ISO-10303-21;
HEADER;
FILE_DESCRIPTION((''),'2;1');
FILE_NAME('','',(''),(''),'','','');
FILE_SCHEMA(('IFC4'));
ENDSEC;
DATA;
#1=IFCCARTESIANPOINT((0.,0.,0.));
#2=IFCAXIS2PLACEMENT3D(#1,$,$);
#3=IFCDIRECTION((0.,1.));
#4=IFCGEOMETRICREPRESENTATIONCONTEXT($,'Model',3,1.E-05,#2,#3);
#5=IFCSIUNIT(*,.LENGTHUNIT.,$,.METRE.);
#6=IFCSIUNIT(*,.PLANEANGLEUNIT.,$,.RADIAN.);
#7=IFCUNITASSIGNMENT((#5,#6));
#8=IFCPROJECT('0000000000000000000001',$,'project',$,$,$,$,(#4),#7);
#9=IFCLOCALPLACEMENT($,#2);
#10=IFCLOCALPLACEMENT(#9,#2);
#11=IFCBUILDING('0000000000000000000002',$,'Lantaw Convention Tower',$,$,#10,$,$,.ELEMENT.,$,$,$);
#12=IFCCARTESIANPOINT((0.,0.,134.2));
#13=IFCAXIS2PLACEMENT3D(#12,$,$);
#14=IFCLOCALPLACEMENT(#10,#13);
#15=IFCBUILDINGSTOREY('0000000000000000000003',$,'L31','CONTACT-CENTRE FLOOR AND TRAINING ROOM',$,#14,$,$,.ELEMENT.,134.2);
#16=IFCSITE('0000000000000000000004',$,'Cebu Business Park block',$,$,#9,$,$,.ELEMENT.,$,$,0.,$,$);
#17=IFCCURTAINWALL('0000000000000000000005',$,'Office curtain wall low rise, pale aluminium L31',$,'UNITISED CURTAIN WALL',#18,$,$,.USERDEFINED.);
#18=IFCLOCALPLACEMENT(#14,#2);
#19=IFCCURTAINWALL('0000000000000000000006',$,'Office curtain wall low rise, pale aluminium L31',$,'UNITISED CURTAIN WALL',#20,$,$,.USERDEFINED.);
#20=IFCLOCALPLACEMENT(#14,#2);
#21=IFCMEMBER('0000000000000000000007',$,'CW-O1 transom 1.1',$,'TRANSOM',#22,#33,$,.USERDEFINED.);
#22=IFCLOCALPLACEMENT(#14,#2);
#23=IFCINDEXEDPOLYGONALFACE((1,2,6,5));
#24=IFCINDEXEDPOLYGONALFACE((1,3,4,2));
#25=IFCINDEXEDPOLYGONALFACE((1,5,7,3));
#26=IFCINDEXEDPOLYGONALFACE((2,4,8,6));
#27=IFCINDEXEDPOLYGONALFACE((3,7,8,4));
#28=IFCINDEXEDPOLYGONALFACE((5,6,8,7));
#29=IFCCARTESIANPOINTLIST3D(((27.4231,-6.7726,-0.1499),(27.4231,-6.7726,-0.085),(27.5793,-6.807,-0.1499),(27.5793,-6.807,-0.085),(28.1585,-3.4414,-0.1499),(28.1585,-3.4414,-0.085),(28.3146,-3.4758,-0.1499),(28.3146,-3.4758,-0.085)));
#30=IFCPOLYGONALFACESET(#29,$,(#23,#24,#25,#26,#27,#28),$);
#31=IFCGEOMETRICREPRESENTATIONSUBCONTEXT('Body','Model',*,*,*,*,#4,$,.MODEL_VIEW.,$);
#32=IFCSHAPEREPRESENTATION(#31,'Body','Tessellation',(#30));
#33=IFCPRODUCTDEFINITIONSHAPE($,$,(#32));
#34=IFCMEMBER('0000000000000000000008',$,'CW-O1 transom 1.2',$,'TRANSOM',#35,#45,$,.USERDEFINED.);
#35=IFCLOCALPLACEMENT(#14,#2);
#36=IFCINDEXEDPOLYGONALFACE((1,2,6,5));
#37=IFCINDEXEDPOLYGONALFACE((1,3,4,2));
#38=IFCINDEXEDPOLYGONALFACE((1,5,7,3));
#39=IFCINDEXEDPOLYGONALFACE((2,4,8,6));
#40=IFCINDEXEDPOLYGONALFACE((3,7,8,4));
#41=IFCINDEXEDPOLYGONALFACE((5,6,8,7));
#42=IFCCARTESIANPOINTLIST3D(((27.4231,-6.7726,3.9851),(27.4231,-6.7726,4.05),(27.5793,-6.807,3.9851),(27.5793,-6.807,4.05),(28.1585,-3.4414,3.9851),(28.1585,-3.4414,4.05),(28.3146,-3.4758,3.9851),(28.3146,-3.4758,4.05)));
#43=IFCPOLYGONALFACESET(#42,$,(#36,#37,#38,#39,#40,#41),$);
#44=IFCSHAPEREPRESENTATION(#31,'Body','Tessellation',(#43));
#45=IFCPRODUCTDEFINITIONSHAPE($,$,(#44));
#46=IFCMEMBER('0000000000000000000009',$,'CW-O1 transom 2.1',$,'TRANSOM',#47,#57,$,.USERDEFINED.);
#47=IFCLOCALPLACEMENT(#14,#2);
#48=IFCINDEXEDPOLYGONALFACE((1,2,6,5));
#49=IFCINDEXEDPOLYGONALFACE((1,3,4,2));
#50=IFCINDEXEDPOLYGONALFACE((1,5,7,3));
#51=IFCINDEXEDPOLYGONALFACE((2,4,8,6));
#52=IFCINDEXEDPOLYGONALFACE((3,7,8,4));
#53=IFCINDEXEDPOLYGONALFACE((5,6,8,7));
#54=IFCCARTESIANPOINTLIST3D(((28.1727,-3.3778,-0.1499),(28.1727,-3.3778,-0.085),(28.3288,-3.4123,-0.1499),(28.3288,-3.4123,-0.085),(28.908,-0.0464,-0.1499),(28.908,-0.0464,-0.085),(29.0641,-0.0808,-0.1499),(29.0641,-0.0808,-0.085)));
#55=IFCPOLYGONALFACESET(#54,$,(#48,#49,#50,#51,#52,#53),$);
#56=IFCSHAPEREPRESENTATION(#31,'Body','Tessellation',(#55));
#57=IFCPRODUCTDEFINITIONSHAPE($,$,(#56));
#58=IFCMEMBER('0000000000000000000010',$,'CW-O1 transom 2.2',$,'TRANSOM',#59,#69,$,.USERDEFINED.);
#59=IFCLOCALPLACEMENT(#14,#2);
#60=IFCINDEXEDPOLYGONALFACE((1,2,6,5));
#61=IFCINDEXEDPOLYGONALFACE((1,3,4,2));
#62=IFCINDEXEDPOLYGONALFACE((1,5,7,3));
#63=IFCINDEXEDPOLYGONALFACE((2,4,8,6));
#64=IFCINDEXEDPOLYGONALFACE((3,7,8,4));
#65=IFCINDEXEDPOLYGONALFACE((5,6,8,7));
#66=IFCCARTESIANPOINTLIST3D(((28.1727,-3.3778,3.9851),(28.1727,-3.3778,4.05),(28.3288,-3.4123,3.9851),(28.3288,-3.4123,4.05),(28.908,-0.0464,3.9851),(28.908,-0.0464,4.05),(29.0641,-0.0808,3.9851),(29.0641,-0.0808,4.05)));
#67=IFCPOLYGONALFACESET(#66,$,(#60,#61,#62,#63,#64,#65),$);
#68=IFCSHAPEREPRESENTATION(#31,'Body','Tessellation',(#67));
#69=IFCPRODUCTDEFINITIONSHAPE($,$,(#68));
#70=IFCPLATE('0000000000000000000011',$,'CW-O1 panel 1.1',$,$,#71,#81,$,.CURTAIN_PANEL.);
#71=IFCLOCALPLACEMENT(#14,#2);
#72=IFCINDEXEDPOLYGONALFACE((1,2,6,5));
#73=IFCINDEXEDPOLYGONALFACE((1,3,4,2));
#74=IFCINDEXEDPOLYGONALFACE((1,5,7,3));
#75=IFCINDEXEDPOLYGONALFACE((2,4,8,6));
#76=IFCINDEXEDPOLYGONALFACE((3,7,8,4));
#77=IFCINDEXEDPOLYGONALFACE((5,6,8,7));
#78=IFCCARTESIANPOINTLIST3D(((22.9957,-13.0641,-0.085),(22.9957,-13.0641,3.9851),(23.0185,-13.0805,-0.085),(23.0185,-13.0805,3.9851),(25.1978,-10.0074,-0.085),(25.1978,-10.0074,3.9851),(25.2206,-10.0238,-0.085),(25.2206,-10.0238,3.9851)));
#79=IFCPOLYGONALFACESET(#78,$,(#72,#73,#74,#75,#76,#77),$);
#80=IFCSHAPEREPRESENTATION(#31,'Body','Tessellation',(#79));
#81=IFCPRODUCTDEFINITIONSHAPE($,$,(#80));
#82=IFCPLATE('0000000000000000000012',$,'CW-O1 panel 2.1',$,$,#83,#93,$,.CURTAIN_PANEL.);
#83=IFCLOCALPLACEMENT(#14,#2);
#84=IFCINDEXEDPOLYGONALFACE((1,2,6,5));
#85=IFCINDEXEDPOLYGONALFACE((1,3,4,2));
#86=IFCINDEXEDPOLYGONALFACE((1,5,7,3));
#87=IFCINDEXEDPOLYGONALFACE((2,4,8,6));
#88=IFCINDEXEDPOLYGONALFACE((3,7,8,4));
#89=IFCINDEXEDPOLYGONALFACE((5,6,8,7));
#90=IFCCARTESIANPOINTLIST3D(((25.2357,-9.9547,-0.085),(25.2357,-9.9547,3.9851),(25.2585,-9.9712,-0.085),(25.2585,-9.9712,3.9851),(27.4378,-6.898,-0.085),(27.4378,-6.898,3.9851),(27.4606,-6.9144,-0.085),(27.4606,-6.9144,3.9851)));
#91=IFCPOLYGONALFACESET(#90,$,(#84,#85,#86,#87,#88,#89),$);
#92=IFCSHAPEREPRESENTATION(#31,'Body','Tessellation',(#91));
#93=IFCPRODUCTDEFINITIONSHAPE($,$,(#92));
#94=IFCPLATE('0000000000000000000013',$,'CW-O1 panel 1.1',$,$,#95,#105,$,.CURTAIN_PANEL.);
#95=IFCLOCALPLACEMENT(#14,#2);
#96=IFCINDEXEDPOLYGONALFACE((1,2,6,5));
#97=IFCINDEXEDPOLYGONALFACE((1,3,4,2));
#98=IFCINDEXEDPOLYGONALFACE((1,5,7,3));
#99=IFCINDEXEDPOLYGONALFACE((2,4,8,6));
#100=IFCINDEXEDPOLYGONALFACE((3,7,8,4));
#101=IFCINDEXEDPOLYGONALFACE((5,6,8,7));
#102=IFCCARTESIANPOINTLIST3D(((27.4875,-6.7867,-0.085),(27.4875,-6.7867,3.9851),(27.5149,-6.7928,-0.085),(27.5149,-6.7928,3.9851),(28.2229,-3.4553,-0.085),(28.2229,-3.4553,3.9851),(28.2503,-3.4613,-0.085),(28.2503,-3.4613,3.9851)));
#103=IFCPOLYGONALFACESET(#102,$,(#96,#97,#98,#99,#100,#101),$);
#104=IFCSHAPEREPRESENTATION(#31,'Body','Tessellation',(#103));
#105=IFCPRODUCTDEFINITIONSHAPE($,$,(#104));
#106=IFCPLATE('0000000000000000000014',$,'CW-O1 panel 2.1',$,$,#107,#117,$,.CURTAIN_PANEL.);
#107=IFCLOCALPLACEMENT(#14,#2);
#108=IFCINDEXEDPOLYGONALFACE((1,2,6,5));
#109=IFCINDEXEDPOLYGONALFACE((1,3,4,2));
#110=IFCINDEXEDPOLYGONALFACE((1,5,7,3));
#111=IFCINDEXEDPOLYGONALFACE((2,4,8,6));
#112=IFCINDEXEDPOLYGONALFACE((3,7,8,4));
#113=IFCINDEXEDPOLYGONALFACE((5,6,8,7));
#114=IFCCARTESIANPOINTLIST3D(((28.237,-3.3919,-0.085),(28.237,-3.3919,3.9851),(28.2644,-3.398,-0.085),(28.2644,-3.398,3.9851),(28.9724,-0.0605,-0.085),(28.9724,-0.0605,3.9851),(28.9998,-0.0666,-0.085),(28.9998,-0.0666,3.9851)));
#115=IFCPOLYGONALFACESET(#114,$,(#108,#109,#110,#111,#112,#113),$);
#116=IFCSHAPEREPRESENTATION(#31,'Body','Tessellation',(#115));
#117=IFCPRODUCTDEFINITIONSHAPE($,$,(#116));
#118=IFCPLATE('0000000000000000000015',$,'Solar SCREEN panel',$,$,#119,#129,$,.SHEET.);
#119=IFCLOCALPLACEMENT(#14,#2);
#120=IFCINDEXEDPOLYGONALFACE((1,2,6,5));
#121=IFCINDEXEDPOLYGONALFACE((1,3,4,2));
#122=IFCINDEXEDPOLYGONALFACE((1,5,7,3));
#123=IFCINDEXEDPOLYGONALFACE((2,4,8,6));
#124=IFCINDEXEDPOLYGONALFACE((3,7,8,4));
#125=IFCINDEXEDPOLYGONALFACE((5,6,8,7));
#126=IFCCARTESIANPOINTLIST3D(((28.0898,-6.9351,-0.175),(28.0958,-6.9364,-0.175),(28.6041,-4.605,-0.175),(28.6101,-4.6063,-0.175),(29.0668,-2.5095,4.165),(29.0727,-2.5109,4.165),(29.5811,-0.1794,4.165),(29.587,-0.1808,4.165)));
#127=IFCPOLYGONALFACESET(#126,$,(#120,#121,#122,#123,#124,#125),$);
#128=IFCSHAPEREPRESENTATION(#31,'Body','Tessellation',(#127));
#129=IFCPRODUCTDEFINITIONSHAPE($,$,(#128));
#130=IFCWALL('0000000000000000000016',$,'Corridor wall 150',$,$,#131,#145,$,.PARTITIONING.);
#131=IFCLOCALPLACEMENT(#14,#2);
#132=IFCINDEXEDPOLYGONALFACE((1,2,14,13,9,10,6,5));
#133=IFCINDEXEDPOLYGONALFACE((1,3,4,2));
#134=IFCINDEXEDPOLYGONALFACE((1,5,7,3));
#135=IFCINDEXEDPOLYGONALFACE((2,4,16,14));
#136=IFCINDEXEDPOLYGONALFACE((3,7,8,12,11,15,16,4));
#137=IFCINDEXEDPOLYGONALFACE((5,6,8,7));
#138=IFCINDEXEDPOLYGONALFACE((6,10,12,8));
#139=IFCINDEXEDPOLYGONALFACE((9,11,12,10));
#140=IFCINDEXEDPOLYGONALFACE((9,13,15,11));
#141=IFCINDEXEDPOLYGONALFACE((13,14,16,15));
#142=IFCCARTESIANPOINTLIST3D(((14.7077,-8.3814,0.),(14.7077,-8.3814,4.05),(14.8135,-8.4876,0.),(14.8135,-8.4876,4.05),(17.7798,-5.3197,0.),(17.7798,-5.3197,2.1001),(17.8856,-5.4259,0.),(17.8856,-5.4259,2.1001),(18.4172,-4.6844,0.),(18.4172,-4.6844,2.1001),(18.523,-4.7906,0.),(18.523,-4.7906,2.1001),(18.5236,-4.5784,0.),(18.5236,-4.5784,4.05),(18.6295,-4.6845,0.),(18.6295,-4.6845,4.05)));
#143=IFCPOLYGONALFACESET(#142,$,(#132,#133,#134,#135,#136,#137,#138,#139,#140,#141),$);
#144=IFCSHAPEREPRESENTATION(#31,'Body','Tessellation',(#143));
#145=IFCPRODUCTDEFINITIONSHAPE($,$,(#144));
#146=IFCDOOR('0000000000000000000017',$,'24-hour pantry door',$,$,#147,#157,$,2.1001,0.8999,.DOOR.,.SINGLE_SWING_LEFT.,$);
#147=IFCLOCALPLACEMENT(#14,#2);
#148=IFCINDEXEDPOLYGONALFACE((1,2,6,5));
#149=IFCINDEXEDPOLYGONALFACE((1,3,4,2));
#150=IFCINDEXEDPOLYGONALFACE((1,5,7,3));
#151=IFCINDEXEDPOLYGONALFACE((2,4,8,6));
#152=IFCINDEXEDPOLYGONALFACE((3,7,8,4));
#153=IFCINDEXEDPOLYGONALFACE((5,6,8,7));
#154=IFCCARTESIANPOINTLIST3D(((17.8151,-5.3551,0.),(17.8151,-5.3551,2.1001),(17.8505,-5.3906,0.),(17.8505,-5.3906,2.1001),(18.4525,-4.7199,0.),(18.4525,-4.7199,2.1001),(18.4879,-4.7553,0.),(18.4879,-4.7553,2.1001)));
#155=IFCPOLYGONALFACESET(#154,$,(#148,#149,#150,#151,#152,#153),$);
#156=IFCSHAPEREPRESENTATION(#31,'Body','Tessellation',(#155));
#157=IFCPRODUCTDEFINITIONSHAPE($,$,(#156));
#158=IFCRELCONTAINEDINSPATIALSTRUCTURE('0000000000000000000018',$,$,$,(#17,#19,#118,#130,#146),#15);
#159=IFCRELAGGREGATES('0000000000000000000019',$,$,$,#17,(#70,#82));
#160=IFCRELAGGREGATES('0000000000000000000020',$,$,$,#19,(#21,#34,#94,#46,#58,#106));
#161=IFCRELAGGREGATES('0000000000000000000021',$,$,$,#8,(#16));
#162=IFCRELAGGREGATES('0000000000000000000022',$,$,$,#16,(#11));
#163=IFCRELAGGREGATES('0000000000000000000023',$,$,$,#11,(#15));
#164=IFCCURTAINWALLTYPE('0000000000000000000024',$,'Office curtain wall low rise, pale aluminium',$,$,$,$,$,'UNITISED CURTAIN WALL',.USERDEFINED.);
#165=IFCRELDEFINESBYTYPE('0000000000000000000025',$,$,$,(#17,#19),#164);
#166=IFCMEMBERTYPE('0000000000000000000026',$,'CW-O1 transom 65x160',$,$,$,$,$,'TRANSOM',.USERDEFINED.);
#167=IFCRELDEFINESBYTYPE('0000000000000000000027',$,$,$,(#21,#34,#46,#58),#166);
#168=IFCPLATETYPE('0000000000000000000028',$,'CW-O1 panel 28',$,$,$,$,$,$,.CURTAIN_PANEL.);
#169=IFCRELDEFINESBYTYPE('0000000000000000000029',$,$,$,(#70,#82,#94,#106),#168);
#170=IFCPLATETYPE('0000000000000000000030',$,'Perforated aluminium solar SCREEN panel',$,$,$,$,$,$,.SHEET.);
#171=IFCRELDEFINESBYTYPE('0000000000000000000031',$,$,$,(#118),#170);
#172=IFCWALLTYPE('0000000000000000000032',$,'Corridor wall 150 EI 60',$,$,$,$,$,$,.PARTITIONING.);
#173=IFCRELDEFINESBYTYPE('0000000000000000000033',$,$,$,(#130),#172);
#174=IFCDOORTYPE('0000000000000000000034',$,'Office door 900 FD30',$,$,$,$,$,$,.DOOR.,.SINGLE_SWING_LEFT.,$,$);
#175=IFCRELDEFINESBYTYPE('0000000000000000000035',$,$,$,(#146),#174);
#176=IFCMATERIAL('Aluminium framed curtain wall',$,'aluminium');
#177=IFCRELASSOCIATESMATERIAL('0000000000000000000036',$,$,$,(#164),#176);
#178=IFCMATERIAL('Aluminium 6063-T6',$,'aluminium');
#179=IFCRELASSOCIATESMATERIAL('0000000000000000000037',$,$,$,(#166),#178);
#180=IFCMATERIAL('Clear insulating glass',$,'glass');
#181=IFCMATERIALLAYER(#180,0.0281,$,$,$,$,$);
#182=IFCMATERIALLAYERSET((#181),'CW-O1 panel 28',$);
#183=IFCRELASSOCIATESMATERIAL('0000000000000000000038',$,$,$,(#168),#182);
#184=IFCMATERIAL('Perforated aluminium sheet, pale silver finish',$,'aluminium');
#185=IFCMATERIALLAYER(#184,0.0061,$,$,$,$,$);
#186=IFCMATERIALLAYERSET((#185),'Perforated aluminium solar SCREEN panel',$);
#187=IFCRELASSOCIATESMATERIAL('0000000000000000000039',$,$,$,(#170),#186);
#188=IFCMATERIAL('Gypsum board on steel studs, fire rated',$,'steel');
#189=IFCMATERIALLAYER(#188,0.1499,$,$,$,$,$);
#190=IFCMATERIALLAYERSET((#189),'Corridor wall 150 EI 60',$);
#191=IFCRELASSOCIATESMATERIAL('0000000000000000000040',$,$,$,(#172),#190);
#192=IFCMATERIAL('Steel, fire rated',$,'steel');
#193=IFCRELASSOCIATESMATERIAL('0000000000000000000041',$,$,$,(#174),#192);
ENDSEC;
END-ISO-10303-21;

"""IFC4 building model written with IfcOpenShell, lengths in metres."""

from ifc_helpers import new_model, si_unit, direction, frame, frame_2d, origin, origin_2d, place, context, subcontext, project, spatial, polyline, rectangle, outline, extrude, material, layer, layer_set, material_profile, profile_set, type_object, element, fill, aggregate, save


model = new_model("IFC4")

# Units and contexts
model_context = context("Model", 3, precision=1e-05, world=origin(), true_north=direction((0.0, 1.0)))
body_context = subcontext(model_context, "Body", "Model", "MODEL_VIEW")
ifc_project = project(units=[si_unit("LENGTHUNIT", "METRE"), si_unit("PLANEANGLEUNIT", "RADIAN")], contexts=[model_context])

# Site, building, storey
site_placement = place(None, origin())
site = spatial("IfcSite", under=ifc_project, at=site_placement, Name="Cebu Business Park block", CompositionType="ELEMENT", RefElevation=0.0)
building_placement = place(site_placement, origin())
building = spatial("IfcBuilding", under=site, at=building_placement, Name="Lantaw Convention Tower", CompositionType="ELEMENT")
storey_placement = place(building_placement, frame((0.0, 0.0, 134.2)))
storey = spatial("IfcBuildingStorey", under=building, at=storey_placement, Name="L31", Description="CONTACT-CENTRE FLOOR AND TRAINING ROOM", CompositionType="ELEMENT", Elevation=134.2)

# Curtain walls
ifc_material_1 = material(Name="Aluminium framed curtain wall", Category="aluminium")
curtain_wall_type = type_object("IfcCurtainWallType", Name="Office curtain wall low rise, pale aluminium", ElementType="UNITISED CURTAIN WALL", PredefinedType="USERDEFINED", material=ifc_material_1)
curtain_wall_1_placement = place(storey_placement, origin())
curtain_wall_1 = element("IfcCurtainWall", 1, at=curtain_wall_1_placement, inside=storey, type_object=curtain_wall_type, Name="Office curtain wall low rise, pale aluminium L31", ObjectType="UNITISED CURTAIN WALL", PredefinedType="USERDEFINED")
ifc_material_2 = material(Name="Aluminium 6063-T6", Category="aluminium")
curtain_wall_2_placement = place(storey_placement, origin())
curtain_wall_2 = element("IfcCurtainWall", 2, at=curtain_wall_2_placement, inside=storey, type_object=curtain_wall_type, Name="Office curtain wall low rise, pale aluminium L31", ObjectType="UNITISED CURTAIN WALL", PredefinedType="USERDEFINED")

# Members
ifc_material_profile_1 = material_profile(ifc_material_2, rectangle(XDim=0.1599, YDim=0.0649, at=origin_2d()), Name="CW-O1 transom 65x160")
ifc_profile_set_1 = profile_set([ifc_material_profile_1], Name="Aluminium 6063-T6")
member_type_1 = type_object("IfcMemberType", Name="CW-O1 transom 65x160", ElementType="TRANSOM", PredefinedType="USERDEFINED", material=ifc_profile_set_1)
member_1_placement = place(storey_placement, frame((27.5012, -6.7898, -0.1174), z_axis=(0.215551, 0.976493, 0.0), x_axis=(-0.976493, 0.215551, 0.0)))
member_1 = element("IfcMember", 3, at=member_1_placement, type_object=member_type_1, Name="CW-O1 transom 1.1", ObjectType="TRANSOM", PredefinedType="USERDEFINED", context=body_context, shape_type="SweptSolid", body=[
    extrude(rectangle(XDim=0.1599, YDim=0.0649, at=origin_2d()), origin(), (0.0, 0.0, 1.0), 3.4114),
])
member_2_placement = place(storey_placement, frame((27.5012, -6.7898, 4.0176), z_axis=(0.215551, 0.976493, 0.0), x_axis=(-0.976493, 0.215551, 0.0)))
member_2 = element("IfcMember", 4, at=member_2_placement, type_object=member_type_1, Name="CW-O1 transom 1.2", ObjectType="TRANSOM", PredefinedType="USERDEFINED", context=body_context, shape_type="SweptSolid", body=[
    extrude(rectangle(XDim=0.1599, YDim=0.0649, at=origin_2d()), origin(), (0.0, 0.0, 1.0), 3.4114),
])
member_3_placement = place(storey_placement, frame((28.2507, -3.395, -0.1174), z_axis=(0.215536, 0.976496, 0.0), x_axis=(-0.976496, 0.215536, 0.0)))
member_3 = element("IfcMember", 5, at=member_3_placement, type_object=member_type_1, Name="CW-O1 transom 2.1", ObjectType="TRANSOM", PredefinedType="USERDEFINED", context=body_context, shape_type="SweptSolid", body=[
    extrude(rectangle(XDim=0.1599, YDim=0.0649, at=origin_2d()), origin(), (0.0, 0.0, 1.0), 3.4116),
])
member_4_placement = place(storey_placement, frame((28.2507, -3.395, 4.0176), z_axis=(0.215536, 0.976496, 0.0), x_axis=(-0.976496, 0.215536, 0.0)))
member_4 = element("IfcMember", 6, at=member_4_placement, type_object=member_type_1, Name="CW-O1 transom 2.2", ObjectType="TRANSOM", PredefinedType="USERDEFINED", context=body_context, shape_type="SweptSolid", body=[
    extrude(rectangle(XDim=0.1599, YDim=0.0649, at=origin_2d()), origin(), (0.0, 0.0, 1.0), 3.4116),
])

# Plates
ifc_material_3 = material(Name="Clear insulating glass", Category="glass")
ifc_layer_1 = layer(ifc_material_3, 0.0281)
ifc_layer_set_1 = layer_set([ifc_layer_1], Name="CW-O1 panel 28")
plate_type_1 = type_object("IfcPlateType", Name="CW-O1 panel 28", PredefinedType="CURTAIN_PANEL", material=ifc_layer_set_1)
plate_1_placement = place(storey_placement, frame((24.1082, -11.5439, -0.085), z_axis=(0.0, 0.0, 1.0), x_axis=(0.584513, 0.811385, 0.0)))
plate_1 = element("IfcPlate", 7, at=plate_1_placement, type_object=plate_type_1, Name="CW-O1 panel 1.1", PredefinedType="CURTAIN_PANEL", context=body_context, shape_type="SweptSolid", body=[
    extrude(rectangle(XDim=3.7673, YDim=0.0281, at=origin_2d()), origin(), (0.0, 0.0, 1.0), 4.0701),
])
plate_2_placement = place(storey_placement, frame((26.3481, -8.4346, -0.085), z_axis=(0.0, 0.0, 1.0), x_axis=(0.584513, 0.811385, 0.0)))
plate_2 = element("IfcPlate", 8, at=plate_2_placement, type_object=plate_type_1, Name="CW-O1 panel 2.1", PredefinedType="CURTAIN_PANEL", context=body_context, shape_type="SweptSolid", body=[
    extrude(rectangle(XDim=3.7673, YDim=0.0281, at=origin_2d()), origin(), (0.0, 0.0, 1.0), 4.0701),
])
aggregate(curtain_wall_1, [plate_1, plate_2])
plate_3_placement = place(storey_placement, frame((27.8689, -5.124, -0.085), z_axis=(0.0, 0.0, 1.0), x_axis=(0.215546, 0.976494, 0.0)))
plate_3 = element("IfcPlate", 9, at=plate_3_placement, type_object=plate_type_1, Name="CW-O1 panel 1.1", PredefinedType="CURTAIN_PANEL", context=body_context, shape_type="SweptSolid", body=[
    extrude(rectangle(XDim=3.4116, YDim=0.0281, at=origin_2d()), origin(), (0.0, 0.0, 1.0), 4.0701),
])
plate_4_placement = place(storey_placement, frame((28.6184, -1.7292, -0.085), z_axis=(0.0, 0.0, 1.0), x_axis=(0.215546, 0.976494, 0.0)))
plate_4 = element("IfcPlate", 10, at=plate_4_placement, type_object=plate_type_1, Name="CW-O1 panel 2.1", PredefinedType="CURTAIN_PANEL", context=body_context, shape_type="SweptSolid", body=[
    extrude(rectangle(XDim=3.4116, YDim=0.0281, at=origin_2d()), origin(), (0.0, 0.0, 1.0), 4.0701),
])
aggregate(curtain_wall_2, [member_1, member_2, plate_3, member_3, member_4, plate_4])
ifc_material_4 = material(Name="Perforated aluminium sheet, pale silver finish", Category="aluminium")
ifc_layer_2 = layer(ifc_material_4, 0.0061)
ifc_layer_set_2 = layer_set([ifc_layer_2], Name="Perforated aluminium solar SCREEN panel")
plate_type_2 = type_object("IfcPlateType", Name="Perforated aluminium solar SCREEN panel", PredefinedType="SHEET", material=ifc_layer_set_2)
plate_5_placement = place(storey_placement, frame((28.0898, -6.9351, -0.175), z_axis=(-0.976498, 0.215527, 0.000033), x_axis=(0.215527, 0.976498, 0.0)))
element("IfcPlate", 11, at=plate_5_placement, inside=storey, type_object=plate_type_2, Name="Solar SCREEN panel", PredefinedType="SHEET", context=body_context, shape_type="SweptSolid", body=[
    extrude(outline(polyline([(0.0, 0.0), (2.3861, 0.0), (6.9182, -4.3401), (4.5321, -4.3401), (0.0, 0.0)])), origin(), (0.0, 0.0, -1.0), 0.0061),
])

# Wall, opening, door
ifc_material_5 = material(Name="Gypsum board on steel studs, fire rated", Category="steel")
ifc_layer_3 = layer(ifc_material_5, 0.1499)
ifc_layer_set_3 = layer_set([ifc_layer_3], Name="Corridor wall 150 EI 60")
wall_type_1 = type_object("IfcWallType", Name="Corridor wall 150 EI 60", PredefinedType="PARTITIONING", material=ifc_layer_set_3)
wall_1_placement = place(storey_placement, frame((14.7605, -8.4346, 0.0), z_axis=(0.0, 0.0, 1.0), x_axis=(0.708307, 0.705905, 0.0)))
wall_1 = element("IfcWall", 12, at=wall_1_placement, inside=storey, type_object=wall_type_1, Name="Corridor wall 150", PredefinedType="PARTITIONING", context=body_context, shape_type="SweptSolid", body=[
    extrude(rectangle(XDim=5.3875, YDim=0.1499, at=frame_2d((2.6938, 0.0))), origin(), (0.0, 0.0, 1.0), 4.05),
])
opening_1_placement = place(wall_1_placement, frame((4.3374, 0.0, 0.0)))
opening_1 = element("IfcOpeningElement", 13, at=opening_1_placement, cuts=wall_1, PredefinedType="OPENING", context=body_context, shape_type="SweptSolid", body=[
    extrude(rectangle(XDim=0.8999, YDim=2.1001, at=frame_2d((0.45, 1.05))), frame((0.0, 0.085, 0.0), z_axis=(0.0, -1.0, 0.0), x_axis=(1.0, 0.0, 0.0)), (0.0, 0.0, 1.0), 0.1699),
])
ifc_material_6 = material(Name="Steel, fire rated", Category="steel")
door_type = type_object("IfcDoorType", Name="Office door 900 FD30", OperationType="SINGLE_SWING_LEFT", PredefinedType="DOOR", material=ifc_material_6)
door_1_placement = place(opening_1_placement, origin())
door_1 = element("IfcDoor", 14, at=door_1_placement, inside=storey, type_object=door_type, Name="24-hour pantry door", OperationType="SINGLE_SWING_LEFT", OverallHeight=2.1001, OverallWidth=0.8999, PredefinedType="DOOR", context=body_context, shape_type="SweptSolid", body=[
    extrude(rectangle(XDim=0.8999, YDim=2.1001, at=frame_2d((0.45, 1.05))), frame((0.0, 0.0249, 0.0), z_axis=(0.0, -1.0, 0.0), x_axis=(1.0, 0.0, 0.0)), (0.0, 0.0, 1.0), 0.05),
])
fill(opening_1, door_1)

save(model, "model.ifc")
